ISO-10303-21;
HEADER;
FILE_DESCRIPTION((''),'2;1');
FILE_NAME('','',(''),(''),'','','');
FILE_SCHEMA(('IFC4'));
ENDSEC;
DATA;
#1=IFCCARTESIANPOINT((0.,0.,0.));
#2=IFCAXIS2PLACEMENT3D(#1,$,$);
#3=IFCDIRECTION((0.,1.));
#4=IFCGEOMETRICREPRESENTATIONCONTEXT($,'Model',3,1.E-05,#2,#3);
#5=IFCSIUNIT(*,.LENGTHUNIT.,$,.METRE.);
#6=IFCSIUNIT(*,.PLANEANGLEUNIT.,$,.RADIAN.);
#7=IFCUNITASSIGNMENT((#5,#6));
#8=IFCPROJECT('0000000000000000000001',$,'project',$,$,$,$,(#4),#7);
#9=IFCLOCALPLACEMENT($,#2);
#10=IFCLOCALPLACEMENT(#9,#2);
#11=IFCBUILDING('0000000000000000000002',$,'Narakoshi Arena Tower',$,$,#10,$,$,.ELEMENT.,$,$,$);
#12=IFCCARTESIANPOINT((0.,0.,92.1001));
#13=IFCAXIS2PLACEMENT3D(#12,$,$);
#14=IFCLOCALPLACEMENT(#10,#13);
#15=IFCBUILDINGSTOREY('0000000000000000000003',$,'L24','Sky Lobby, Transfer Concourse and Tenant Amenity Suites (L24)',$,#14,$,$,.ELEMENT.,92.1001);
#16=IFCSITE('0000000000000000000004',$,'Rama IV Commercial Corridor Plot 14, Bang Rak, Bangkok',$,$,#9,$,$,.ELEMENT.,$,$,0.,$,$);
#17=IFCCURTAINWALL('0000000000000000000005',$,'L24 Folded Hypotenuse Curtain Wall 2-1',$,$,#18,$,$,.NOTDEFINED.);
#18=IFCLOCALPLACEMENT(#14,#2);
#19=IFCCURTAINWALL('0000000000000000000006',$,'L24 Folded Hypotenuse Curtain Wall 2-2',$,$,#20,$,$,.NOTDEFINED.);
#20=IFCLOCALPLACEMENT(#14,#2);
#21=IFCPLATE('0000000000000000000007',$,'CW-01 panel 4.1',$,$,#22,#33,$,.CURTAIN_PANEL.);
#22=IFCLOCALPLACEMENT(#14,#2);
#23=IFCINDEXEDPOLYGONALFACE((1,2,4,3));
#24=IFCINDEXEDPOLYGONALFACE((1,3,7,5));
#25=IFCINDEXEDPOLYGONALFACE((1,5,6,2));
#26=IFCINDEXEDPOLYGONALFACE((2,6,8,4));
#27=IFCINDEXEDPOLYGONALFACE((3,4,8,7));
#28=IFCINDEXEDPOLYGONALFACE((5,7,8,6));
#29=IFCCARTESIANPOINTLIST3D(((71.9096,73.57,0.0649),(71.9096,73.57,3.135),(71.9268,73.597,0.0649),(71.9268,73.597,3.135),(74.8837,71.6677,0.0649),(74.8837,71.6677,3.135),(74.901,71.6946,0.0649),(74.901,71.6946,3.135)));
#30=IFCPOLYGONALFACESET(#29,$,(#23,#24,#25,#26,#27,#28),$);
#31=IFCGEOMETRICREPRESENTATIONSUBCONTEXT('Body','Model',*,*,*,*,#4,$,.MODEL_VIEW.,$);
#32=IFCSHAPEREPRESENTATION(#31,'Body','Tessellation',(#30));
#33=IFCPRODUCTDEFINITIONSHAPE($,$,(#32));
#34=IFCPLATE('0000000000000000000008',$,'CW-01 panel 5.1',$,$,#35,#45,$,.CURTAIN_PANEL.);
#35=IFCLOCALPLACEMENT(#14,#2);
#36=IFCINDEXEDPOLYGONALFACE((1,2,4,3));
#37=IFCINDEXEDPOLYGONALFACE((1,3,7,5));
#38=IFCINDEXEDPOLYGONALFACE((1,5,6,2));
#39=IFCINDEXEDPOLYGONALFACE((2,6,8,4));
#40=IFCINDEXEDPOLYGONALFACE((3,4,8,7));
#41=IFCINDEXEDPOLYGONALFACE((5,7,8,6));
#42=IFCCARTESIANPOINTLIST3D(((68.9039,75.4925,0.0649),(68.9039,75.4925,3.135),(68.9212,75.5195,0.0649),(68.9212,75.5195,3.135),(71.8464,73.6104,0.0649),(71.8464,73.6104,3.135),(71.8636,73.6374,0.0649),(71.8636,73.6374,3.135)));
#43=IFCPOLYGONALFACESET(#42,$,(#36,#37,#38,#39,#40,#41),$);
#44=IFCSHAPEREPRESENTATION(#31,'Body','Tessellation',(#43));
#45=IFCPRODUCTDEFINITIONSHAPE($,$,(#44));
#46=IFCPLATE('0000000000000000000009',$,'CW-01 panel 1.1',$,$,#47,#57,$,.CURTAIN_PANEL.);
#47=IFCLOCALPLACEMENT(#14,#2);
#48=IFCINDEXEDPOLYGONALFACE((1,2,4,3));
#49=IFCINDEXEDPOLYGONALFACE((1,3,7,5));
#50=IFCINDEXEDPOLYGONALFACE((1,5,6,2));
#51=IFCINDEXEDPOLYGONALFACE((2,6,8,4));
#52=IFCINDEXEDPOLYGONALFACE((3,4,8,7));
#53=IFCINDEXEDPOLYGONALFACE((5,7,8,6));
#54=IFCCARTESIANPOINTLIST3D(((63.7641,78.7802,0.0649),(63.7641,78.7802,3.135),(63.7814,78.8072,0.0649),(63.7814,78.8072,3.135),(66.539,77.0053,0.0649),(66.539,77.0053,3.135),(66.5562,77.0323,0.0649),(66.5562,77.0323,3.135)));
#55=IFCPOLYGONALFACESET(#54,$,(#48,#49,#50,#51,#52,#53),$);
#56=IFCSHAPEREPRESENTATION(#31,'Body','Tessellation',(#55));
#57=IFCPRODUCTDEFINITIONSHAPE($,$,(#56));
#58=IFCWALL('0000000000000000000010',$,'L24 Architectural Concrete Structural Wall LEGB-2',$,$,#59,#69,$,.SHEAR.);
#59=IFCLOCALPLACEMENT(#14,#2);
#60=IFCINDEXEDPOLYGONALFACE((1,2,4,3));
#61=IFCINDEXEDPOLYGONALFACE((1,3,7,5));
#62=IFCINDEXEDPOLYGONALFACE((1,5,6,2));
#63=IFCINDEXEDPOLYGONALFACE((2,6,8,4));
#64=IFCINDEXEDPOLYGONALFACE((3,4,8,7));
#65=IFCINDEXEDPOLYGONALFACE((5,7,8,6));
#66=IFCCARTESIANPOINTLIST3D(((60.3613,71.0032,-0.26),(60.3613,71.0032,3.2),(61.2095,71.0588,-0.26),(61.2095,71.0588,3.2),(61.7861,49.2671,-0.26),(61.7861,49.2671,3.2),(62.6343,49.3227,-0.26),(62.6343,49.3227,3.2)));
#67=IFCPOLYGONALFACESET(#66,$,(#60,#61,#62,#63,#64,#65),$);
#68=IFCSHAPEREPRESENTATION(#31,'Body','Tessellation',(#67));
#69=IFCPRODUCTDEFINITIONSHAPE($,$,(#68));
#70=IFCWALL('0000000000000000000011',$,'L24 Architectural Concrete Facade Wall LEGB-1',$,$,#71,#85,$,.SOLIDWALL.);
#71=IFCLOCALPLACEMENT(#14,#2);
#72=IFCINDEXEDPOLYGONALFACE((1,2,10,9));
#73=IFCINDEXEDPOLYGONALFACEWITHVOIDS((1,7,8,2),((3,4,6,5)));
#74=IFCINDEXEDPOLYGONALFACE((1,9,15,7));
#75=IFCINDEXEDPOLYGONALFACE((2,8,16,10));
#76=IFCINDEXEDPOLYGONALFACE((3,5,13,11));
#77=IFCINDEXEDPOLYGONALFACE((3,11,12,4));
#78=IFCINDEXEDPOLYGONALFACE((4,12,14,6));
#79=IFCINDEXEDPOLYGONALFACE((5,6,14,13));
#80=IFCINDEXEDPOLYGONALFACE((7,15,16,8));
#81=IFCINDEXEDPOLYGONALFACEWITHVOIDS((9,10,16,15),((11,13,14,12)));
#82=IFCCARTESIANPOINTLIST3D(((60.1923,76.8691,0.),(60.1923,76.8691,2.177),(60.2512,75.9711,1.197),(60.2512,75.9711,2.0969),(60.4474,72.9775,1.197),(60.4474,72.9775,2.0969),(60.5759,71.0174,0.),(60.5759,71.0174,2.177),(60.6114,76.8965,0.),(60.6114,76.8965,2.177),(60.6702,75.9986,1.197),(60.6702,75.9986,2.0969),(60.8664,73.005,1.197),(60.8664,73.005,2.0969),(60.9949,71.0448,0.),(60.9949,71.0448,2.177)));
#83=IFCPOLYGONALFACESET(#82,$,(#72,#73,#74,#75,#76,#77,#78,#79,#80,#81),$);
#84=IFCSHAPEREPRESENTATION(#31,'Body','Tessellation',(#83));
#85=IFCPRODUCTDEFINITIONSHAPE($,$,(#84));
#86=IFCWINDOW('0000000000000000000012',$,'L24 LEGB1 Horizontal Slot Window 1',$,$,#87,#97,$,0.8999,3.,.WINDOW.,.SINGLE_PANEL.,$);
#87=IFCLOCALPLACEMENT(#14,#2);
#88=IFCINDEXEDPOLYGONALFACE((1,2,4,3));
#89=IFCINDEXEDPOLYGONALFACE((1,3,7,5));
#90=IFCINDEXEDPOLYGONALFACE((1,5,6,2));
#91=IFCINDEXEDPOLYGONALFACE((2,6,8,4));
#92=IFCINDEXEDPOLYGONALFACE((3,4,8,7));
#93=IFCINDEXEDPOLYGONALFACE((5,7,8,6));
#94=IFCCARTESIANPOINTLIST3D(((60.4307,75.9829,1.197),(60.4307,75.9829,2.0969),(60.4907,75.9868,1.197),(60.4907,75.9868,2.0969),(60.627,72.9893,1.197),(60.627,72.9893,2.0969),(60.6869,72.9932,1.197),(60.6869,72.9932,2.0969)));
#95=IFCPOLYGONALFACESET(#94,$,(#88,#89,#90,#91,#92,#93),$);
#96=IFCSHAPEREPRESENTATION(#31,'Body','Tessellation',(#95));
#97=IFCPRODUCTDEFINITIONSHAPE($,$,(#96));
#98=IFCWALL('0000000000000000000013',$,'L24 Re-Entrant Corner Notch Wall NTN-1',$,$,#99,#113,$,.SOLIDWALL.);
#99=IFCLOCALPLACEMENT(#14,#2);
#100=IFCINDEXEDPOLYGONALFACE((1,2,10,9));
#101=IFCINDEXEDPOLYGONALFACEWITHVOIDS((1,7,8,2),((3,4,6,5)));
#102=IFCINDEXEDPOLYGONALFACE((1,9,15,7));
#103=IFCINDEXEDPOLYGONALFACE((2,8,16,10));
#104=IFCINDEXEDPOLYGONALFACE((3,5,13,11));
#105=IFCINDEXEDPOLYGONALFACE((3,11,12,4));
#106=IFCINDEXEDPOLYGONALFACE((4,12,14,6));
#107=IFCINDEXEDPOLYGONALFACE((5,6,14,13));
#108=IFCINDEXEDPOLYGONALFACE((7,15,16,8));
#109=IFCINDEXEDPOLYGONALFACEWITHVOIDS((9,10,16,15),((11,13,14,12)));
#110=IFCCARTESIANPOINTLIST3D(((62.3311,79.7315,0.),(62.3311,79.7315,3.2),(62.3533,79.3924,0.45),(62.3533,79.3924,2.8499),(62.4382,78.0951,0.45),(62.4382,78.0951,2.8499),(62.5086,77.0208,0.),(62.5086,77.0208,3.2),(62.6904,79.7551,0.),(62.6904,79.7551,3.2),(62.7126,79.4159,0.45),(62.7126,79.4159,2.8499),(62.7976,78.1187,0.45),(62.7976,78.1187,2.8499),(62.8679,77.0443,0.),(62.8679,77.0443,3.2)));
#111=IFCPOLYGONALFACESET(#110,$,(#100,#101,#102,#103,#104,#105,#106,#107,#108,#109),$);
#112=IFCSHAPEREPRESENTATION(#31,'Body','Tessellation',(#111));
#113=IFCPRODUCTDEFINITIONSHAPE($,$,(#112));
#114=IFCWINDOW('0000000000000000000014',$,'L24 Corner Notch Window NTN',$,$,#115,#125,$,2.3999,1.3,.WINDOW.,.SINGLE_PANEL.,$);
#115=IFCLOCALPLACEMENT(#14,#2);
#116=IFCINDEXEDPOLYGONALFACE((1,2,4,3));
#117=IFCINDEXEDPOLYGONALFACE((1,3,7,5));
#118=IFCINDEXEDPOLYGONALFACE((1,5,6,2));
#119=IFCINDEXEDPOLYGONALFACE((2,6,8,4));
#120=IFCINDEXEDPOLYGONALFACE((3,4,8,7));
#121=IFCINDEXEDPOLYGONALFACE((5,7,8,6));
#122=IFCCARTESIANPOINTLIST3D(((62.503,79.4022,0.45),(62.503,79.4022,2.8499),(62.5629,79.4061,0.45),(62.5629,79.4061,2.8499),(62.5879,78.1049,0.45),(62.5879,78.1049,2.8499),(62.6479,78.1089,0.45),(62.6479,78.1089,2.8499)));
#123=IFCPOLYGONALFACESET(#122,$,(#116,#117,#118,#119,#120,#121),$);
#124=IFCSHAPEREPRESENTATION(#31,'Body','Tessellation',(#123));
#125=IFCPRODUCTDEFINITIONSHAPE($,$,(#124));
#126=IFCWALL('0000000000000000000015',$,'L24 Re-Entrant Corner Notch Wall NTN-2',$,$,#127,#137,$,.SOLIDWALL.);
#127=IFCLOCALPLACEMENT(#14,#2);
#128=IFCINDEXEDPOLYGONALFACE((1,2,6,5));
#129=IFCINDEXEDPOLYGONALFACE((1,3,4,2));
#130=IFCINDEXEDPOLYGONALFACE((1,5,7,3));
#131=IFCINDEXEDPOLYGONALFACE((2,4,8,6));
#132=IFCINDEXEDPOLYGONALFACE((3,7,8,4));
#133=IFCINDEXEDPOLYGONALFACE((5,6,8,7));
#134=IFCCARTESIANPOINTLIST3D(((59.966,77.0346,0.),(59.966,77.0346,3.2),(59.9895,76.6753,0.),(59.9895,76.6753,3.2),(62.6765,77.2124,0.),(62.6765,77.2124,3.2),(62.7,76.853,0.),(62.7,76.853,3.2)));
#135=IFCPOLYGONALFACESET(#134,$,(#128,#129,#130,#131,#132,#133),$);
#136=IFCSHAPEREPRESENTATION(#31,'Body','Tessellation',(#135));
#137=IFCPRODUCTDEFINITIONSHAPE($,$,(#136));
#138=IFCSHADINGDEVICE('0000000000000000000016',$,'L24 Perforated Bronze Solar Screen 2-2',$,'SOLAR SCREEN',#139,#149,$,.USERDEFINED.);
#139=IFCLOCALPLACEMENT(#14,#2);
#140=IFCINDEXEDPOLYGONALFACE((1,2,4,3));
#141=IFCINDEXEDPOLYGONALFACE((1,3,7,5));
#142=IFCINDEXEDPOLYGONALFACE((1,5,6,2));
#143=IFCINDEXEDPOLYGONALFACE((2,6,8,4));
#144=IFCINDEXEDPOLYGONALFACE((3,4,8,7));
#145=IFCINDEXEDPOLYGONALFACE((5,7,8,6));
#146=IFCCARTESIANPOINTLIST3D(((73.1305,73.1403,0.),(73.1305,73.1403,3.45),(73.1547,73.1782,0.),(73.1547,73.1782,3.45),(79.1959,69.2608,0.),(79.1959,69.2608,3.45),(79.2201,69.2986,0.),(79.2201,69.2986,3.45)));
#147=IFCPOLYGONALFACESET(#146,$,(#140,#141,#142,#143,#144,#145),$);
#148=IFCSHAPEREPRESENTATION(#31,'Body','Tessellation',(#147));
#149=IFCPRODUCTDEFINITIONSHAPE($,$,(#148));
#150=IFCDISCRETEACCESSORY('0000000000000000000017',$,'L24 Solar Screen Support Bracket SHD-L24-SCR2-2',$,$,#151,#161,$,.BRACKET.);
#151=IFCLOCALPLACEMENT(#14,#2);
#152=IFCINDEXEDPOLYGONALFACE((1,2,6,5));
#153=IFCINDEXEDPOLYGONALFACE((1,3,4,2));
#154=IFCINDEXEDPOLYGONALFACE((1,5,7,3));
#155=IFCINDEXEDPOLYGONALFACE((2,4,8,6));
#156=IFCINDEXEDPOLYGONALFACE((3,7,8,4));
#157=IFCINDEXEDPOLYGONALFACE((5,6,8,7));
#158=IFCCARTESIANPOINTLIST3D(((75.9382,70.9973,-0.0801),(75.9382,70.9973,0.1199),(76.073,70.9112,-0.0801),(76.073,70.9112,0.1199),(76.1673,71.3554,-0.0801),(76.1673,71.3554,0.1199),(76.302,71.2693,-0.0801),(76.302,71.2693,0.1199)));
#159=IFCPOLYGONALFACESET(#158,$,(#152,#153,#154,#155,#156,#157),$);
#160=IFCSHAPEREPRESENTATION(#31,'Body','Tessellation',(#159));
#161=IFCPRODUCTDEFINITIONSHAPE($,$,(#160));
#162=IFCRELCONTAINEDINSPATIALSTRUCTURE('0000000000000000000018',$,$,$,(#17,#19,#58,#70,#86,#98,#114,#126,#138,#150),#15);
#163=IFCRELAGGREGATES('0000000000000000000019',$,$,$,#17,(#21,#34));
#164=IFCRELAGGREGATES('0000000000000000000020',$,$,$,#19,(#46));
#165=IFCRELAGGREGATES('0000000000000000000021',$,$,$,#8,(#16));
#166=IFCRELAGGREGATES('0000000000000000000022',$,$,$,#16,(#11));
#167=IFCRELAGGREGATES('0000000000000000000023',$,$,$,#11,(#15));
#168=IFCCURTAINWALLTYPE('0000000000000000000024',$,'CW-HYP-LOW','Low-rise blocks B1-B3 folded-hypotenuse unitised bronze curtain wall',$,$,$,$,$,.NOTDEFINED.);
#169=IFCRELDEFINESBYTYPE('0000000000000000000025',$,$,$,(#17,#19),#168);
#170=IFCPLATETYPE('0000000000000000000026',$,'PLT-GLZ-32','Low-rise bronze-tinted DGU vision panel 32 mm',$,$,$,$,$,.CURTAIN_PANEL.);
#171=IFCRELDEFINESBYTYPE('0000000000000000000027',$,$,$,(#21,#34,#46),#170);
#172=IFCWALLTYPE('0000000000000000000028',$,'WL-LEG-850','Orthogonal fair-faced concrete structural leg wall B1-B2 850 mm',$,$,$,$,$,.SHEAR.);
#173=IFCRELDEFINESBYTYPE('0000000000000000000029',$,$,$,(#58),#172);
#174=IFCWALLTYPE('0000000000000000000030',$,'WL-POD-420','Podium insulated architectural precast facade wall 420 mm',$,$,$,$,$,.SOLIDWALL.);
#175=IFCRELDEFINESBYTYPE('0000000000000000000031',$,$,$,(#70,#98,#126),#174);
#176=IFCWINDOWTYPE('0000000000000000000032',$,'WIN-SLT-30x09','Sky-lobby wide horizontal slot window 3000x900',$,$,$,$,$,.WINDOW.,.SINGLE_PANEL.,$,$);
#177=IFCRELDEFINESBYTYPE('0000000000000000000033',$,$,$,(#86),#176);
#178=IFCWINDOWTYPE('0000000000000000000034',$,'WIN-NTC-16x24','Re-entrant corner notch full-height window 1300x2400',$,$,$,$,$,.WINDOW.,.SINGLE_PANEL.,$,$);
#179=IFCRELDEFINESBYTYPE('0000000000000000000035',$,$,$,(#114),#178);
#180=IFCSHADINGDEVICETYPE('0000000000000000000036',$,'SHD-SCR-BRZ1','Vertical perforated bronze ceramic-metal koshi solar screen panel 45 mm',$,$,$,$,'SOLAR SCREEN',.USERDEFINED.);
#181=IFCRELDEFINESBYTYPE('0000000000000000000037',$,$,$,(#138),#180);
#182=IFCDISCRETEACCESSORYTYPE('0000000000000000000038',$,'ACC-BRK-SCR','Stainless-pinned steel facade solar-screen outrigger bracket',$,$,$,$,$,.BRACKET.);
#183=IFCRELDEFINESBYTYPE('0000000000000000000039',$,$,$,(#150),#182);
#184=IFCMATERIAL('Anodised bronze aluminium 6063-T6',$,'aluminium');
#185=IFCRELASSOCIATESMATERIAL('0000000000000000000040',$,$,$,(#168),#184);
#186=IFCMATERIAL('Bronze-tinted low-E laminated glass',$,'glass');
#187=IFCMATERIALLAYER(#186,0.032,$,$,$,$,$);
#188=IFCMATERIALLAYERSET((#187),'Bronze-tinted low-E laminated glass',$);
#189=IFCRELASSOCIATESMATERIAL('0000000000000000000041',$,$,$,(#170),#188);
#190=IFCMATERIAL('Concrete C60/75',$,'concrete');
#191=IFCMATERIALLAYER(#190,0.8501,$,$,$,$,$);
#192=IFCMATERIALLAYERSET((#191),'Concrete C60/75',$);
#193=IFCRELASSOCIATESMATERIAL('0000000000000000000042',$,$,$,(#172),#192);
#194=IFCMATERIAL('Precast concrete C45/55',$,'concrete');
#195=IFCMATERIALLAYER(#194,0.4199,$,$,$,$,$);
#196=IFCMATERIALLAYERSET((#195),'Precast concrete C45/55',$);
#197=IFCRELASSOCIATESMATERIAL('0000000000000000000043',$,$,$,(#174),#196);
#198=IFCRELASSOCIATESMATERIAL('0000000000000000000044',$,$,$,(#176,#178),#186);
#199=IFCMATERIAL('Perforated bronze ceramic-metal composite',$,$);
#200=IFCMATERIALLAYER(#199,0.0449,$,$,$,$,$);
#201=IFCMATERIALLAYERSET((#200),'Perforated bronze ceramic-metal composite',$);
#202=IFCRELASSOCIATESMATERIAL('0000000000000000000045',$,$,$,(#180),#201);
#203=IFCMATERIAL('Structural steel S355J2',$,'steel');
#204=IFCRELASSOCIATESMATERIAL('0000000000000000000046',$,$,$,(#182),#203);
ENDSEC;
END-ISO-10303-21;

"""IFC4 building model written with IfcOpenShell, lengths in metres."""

from ifc_helpers import new_model, si_unit, direction, frame, frame_2d, origin, origin_2d, place, context, subcontext, project, spatial, rectangle, extrude, material, layer, layer_set, type_object, element, fill, aggregate, save


model = new_model("IFC4")

# Units and contexts
model_context = context("Model", 3, precision=1e-05, world=origin(), true_north=direction((0.0, 1.0)))
body_context = subcontext(model_context, "Body", "Model", "MODEL_VIEW")
ifc_project = project(units=[si_unit("LENGTHUNIT", "METRE"), si_unit("PLANEANGLEUNIT", "RADIAN")], contexts=[model_context])

# Site, building, storey
site_placement = place(None, origin())
site = spatial("IfcSite", under=ifc_project, at=site_placement, Name="Rama IV Commercial Corridor Plot 14, Bang Rak, Bangkok", CompositionType="ELEMENT", RefElevation=0.0)
building_placement = place(site_placement, origin())
building = spatial("IfcBuilding", under=site, at=building_placement, Name="Narakoshi Arena Tower", CompositionType="ELEMENT")
storey_placement = place(building_placement, frame((0.0, 0.0, 92.1001)))
storey = spatial("IfcBuildingStorey", under=building, at=storey_placement, Name="L24", Description="Sky Lobby, Transfer Concourse and Tenant Amenity Suites (L24)", CompositionType="ELEMENT", Elevation=92.1001)

# Curtain walls
ifc_material_1 = material(Name="Anodised bronze aluminium 6063-T6", Category="aluminium")
curtain_wall_type = type_object("IfcCurtainWallType", Name="CW-HYP-LOW", Description="Low-rise blocks B1-B3 folded-hypotenuse unitised bronze curtain wall", PredefinedType="NOTDEFINED", material=ifc_material_1)
curtain_wall_1_placement = place(storey_placement, origin())
curtain_wall_1 = element("IfcCurtainWall", 1, at=curtain_wall_1_placement, inside=storey, type_object=curtain_wall_type, Name="L24 Folded Hypotenuse Curtain Wall 2-1", PredefinedType="NOTDEFINED")
curtain_wall_2_placement = place(storey_placement, origin())
curtain_wall_2 = element("IfcCurtainWall", 2, at=curtain_wall_2_placement, inside=storey, type_object=curtain_wall_type, Name="L24 Folded Hypotenuse Curtain Wall 2-2", PredefinedType="NOTDEFINED")

# Plates
ifc_material_2 = material(Name="Bronze-tinted low-E laminated glass", Category="glass")
ifc_layer_1 = layer(ifc_material_2, 0.032)
ifc_layer_set_1 = layer_set([ifc_layer_1], Name="Bronze-tinted low-E laminated glass")
plate_type = type_object("IfcPlateType", Name="PLT-GLZ-32", Description="Low-rise bronze-tinted DGU vision panel 32 mm", PredefinedType="CURTAIN_PANEL", material=ifc_layer_set_1)
plate_1_placement = place(storey_placement, frame((73.4053, 72.6323, 0.0649), z_axis=(0.0, 0.0, 1.0), x_axis=(-0.842414, 0.538831, 0.0)))
plate_1 = element("IfcPlate", 3, at=plate_1_placement, type_object=plate_type, Name="CW-01 panel 4.1", PredefinedType="CURTAIN_PANEL", context=body_context, shape_type="SweptSolid", body=[
    extrude(rectangle(XDim=3.5305, YDim=0.032, at=origin_2d()), origin(), (0.0, 0.0, 1.0), 3.0701),
])
plate_2_placement = place(storey_placement, frame((70.3838, 74.5649, 0.0649), z_axis=(0.0, 0.0, 1.0), x_axis=(-0.842414, 0.538831, 0.0)))
plate_2 = element("IfcPlate", 4, at=plate_2_placement, type_object=plate_type, Name="CW-01 panel 5.1", PredefinedType="CURTAIN_PANEL", context=body_context, shape_type="SweptSolid", body=[
    extrude(rectangle(XDim=3.4929, YDim=0.032, at=origin_2d()), origin(), (0.0, 0.0, 1.0), 3.0701),
])
aggregate(curtain_wall_1, [plate_1, plate_2])
plate_3_placement = place(storey_placement, frame((65.1602, 77.9062, 0.0649), z_axis=(0.0, 0.0, 1.0), x_axis=(-0.842404, 0.538847, 0.0)))
plate_3 = element("IfcPlate", 5, at=plate_3_placement, type_object=plate_type, Name="CW-01 panel 1.1", PredefinedType="CURTAIN_PANEL", context=body_context, shape_type="SweptSolid", body=[
    extrude(rectangle(XDim=3.2939, YDim=0.032, at=origin_2d()), origin(), (0.0, 0.0, 1.0), 3.0701),
])
aggregate(curtain_wall_2, [plate_3])

# Wall
ifc_material_3 = material(Name="Concrete C60/75", Category="concrete")
ifc_layer_2 = layer(ifc_material_3, 0.8501)
ifc_layer_set_2 = layer_set([ifc_layer_2], Name="Concrete C60/75")
wall_type_1 = type_object("IfcWallType", Name="WL-LEG-850", Description="Orthogonal fair-faced concrete structural leg wall B1-B2 850 mm", PredefinedType="SHEAR", material=ifc_layer_set_2)
wall_1_placement = place(storey_placement, frame((60.7854, 71.031, -0.26), z_axis=(0.0, 0.0, 1.0), x_axis=(0.06541, -0.997858, 0.0)))
element("IfcWall", 6, at=wall_1_placement, inside=storey, type_object=wall_type_1, Name="L24 Architectural Concrete Structural Wall LEGB-2", PredefinedType="SHEAR", context=body_context, shape_type="SweptSolid", body=[
    extrude(rectangle(XDim=21.7827, YDim=0.8501, at=frame_2d((10.8914, 0.0))), origin(), (0.0, 0.0, 1.0), 3.46),
])

# Walls, openings, windows
ifc_material_4 = material(Name="Precast concrete C45/55", Category="concrete")
ifc_layer_3 = layer(ifc_material_4, 0.4199)
ifc_layer_set_3 = layer_set([ifc_layer_3], Name="Precast concrete C45/55")
wall_type_2 = type_object("IfcWallType", Name="WL-POD-420", Description="Podium insulated architectural precast facade wall 420 mm", PredefinedType="SOLIDWALL", material=ifc_layer_set_3)
wall_2_placement = place(storey_placement, frame((60.4019, 76.8828, 0.0), z_axis=(0.0, 0.0, 1.0), x_axis=(0.065403, -0.997859, 0.0)))
wall_2 = element("IfcWall", 7, at=wall_2_placement, inside=storey, type_object=wall_type_2, Name="L24 Architectural Concrete Facade Wall LEGB-1", PredefinedType="SOLIDWALL", context=body_context, shape_type="SweptSolid", body=[
    extrude(rectangle(XDim=5.8643, YDim=0.4199, at=frame_2d((2.9321, 0.0))), origin(), (0.0, 0.0, 1.0), 2.177),
])
opening_1_placement = place(wall_2_placement, frame((0.8999, 0.0, 1.197)))
opening_1 = element("IfcOpeningElement", 8, at=opening_1_placement, cuts=wall_2, PredefinedType="OPENING", context=body_context, shape_type="SweptSolid", body=[
    extrude(rectangle(XDim=3.0, YDim=0.8999, at=frame_2d((1.5, 0.45))), frame((0.0, 0.22, 0.0), z_axis=(0.0, -1.0, 0.0), x_axis=(1.0, 0.0, 0.0)), (0.0, 0.0, 1.0), 0.4399),
])
window_type_1 = type_object("IfcWindowType", Name="WIN-SLT-30x09", Description="Sky-lobby wide horizontal slot window 3000x900", PartitioningType="SINGLE_PANEL", PredefinedType="WINDOW", material=ifc_material_2)
window_1_placement = place(opening_1_placement, origin())
window_1 = element("IfcWindow", 9, at=window_1_placement, inside=storey, type_object=window_type_1, Name="L24 LEGB1 Horizontal Slot Window 1", OverallHeight=0.8999, OverallWidth=3.0, PartitioningType="SINGLE_PANEL", PredefinedType="WINDOW", context=body_context, shape_type="SweptSolid", body=[
    extrude(rectangle(XDim=3.0, YDim=0.8999, at=frame_2d((1.5, 0.45))), frame((0.0, 0.03, 0.0), z_axis=(0.0, -1.0, 0.0), x_axis=(1.0, 0.0, 0.0)), (0.0, 0.0, 1.0), 0.0601),
])
fill(opening_1, window_1)
wall_3_placement = place(storey_placement, frame((62.5107, 79.7434, 0.0), z_axis=(0.0, 0.0, 1.0), x_axis=(0.065338, -0.997863, 0.0)))
wall_3 = element("IfcWall", 10, at=wall_3_placement, inside=storey, type_object=wall_type_2, Name="L24 Re-Entrant Corner Notch Wall NTN-1", PredefinedType="SOLIDWALL", context=body_context, shape_type="SweptSolid", body=[
    extrude(rectangle(XDim=2.7166, YDim=0.3601, at=frame_2d((1.3584, 0.0))), origin(), (0.0, 0.0, 1.0), 3.2),
])
opening_2_placement = place(wall_3_placement, frame((0.3401, 0.0, 0.45)))
opening_2 = element("IfcOpeningElement", 11, at=opening_2_placement, cuts=wall_3, PredefinedType="OPENING", context=body_context, shape_type="SweptSolid", body=[
    extrude(rectangle(XDim=1.3, YDim=2.3999, at=frame_2d((0.6499, 1.2))), frame((0.0, 0.1899, 0.0), z_axis=(0.0, -1.0, 0.0), x_axis=(1.0, 0.0, 0.0)), (0.0, 0.0, 1.0), 0.3801),
])
window_type_2 = type_object("IfcWindowType", Name="WIN-NTC-16x24", Description="Re-entrant corner notch full-height window 1300x2400", PartitioningType="SINGLE_PANEL", PredefinedType="WINDOW", material=ifc_material_2)
window_2_placement = place(opening_2_placement, origin())
window_2 = element("IfcWindow", 12, at=window_2_placement, inside=storey, type_object=window_type_2, Name="L24 Corner Notch Window NTN", OverallHeight=2.3999, OverallWidth=1.3, PartitioningType="SINGLE_PANEL", PredefinedType="WINDOW", context=body_context, shape_type="SweptSolid", body=[
    extrude(rectangle(XDim=1.3, YDim=2.3999, at=frame_2d((0.6499, 1.2))), frame((0.0, 0.03, 0.0), z_axis=(0.0, -1.0, 0.0), x_axis=(1.0, 0.0, 0.0)), (0.0, 0.0, 1.0), 0.0601),
])
fill(opening_2, window_2)

# Wall
wall_4_placement = place(storey_placement, frame((62.6882, 77.0327, 0.0), z_axis=(0.0, 0.0, 1.0), x_axis=(-0.997857, -0.065433, 0.0)))
element("IfcWall", 13, at=wall_4_placement, inside=storey, type_object=wall_type_2, Name="L24 Re-Entrant Corner Notch Wall NTN-2", PredefinedType="SOLIDWALL", context=body_context, shape_type="SweptSolid", body=[
    extrude(rectangle(XDim=2.7163, YDim=0.3601, at=frame_2d((1.3582, 0.0))), origin(), (0.0, 0.0, 1.0), 3.2),
])

# Shading device
ifc_material_5 = material(Name="Perforated bronze ceramic-metal composite")
ifc_layer_4 = layer(ifc_material_5, 0.0449)
ifc_layer_set_4 = layer_set([ifc_layer_4], Name="Perforated bronze ceramic-metal composite")
shading_device_type = type_object("IfcShadingDeviceType", Name="SHD-SCR-BRZ1", Description="Vertical perforated bronze ceramic-metal koshi solar screen panel 45 mm", ElementType="SOLAR SCREEN", PredefinedType="USERDEFINED", material=ifc_layer_set_4)
shading_device_placement = place(storey_placement, frame((76.1753, 71.2195, 0.0), z_axis=(0.0, 0.0, 1.0), x_axis=(-0.842415, 0.53883, 0.0)))
element("IfcShadingDevice", 14, at=shading_device_placement, inside=storey, type_object=shading_device_type, Name="L24 Perforated Bronze Solar Screen 2-2", ObjectType="SOLAR SCREEN", PredefinedType="USERDEFINED", context=body_context, shape_type="SweptSolid", body=[
    extrude(rectangle(XDim=7.2, YDim=0.0449, at=origin_2d()), origin(), (0.0, 0.0, 1.0), 3.45),
])

# Discrete accessory
ifc_material_6 = material(Name="Structural steel S355J2", Category="steel")
discrete_accessory_type = type_object("IfcDiscreteAccessoryType", Name="ACC-BRK-SCR", Description="Stainless-pinned steel facade solar-screen outrigger bracket", PredefinedType="BRACKET", material=ifc_material_6)
discrete_accessory_placement = place(storey_placement, frame((76.1201, 71.1333, -0.0801), z_axis=(0.0, 0.0, 1.0), x_axis=(-0.842415, 0.53883, 0.0)))
element("IfcDiscreteAccessory", 15, at=discrete_accessory_placement, inside=storey, type_object=discrete_accessory_type, Name="L24 Solar Screen Support Bracket SHD-L24-SCR2-2", PredefinedType="BRACKET", context=body_context, shape_type="SweptSolid", body=[
    extrude(rectangle(XDim=0.1599, YDim=0.425, at=origin_2d()), origin(), (0.0, 0.0, 1.0), 0.2),
])

save(model, "model.ifc")
